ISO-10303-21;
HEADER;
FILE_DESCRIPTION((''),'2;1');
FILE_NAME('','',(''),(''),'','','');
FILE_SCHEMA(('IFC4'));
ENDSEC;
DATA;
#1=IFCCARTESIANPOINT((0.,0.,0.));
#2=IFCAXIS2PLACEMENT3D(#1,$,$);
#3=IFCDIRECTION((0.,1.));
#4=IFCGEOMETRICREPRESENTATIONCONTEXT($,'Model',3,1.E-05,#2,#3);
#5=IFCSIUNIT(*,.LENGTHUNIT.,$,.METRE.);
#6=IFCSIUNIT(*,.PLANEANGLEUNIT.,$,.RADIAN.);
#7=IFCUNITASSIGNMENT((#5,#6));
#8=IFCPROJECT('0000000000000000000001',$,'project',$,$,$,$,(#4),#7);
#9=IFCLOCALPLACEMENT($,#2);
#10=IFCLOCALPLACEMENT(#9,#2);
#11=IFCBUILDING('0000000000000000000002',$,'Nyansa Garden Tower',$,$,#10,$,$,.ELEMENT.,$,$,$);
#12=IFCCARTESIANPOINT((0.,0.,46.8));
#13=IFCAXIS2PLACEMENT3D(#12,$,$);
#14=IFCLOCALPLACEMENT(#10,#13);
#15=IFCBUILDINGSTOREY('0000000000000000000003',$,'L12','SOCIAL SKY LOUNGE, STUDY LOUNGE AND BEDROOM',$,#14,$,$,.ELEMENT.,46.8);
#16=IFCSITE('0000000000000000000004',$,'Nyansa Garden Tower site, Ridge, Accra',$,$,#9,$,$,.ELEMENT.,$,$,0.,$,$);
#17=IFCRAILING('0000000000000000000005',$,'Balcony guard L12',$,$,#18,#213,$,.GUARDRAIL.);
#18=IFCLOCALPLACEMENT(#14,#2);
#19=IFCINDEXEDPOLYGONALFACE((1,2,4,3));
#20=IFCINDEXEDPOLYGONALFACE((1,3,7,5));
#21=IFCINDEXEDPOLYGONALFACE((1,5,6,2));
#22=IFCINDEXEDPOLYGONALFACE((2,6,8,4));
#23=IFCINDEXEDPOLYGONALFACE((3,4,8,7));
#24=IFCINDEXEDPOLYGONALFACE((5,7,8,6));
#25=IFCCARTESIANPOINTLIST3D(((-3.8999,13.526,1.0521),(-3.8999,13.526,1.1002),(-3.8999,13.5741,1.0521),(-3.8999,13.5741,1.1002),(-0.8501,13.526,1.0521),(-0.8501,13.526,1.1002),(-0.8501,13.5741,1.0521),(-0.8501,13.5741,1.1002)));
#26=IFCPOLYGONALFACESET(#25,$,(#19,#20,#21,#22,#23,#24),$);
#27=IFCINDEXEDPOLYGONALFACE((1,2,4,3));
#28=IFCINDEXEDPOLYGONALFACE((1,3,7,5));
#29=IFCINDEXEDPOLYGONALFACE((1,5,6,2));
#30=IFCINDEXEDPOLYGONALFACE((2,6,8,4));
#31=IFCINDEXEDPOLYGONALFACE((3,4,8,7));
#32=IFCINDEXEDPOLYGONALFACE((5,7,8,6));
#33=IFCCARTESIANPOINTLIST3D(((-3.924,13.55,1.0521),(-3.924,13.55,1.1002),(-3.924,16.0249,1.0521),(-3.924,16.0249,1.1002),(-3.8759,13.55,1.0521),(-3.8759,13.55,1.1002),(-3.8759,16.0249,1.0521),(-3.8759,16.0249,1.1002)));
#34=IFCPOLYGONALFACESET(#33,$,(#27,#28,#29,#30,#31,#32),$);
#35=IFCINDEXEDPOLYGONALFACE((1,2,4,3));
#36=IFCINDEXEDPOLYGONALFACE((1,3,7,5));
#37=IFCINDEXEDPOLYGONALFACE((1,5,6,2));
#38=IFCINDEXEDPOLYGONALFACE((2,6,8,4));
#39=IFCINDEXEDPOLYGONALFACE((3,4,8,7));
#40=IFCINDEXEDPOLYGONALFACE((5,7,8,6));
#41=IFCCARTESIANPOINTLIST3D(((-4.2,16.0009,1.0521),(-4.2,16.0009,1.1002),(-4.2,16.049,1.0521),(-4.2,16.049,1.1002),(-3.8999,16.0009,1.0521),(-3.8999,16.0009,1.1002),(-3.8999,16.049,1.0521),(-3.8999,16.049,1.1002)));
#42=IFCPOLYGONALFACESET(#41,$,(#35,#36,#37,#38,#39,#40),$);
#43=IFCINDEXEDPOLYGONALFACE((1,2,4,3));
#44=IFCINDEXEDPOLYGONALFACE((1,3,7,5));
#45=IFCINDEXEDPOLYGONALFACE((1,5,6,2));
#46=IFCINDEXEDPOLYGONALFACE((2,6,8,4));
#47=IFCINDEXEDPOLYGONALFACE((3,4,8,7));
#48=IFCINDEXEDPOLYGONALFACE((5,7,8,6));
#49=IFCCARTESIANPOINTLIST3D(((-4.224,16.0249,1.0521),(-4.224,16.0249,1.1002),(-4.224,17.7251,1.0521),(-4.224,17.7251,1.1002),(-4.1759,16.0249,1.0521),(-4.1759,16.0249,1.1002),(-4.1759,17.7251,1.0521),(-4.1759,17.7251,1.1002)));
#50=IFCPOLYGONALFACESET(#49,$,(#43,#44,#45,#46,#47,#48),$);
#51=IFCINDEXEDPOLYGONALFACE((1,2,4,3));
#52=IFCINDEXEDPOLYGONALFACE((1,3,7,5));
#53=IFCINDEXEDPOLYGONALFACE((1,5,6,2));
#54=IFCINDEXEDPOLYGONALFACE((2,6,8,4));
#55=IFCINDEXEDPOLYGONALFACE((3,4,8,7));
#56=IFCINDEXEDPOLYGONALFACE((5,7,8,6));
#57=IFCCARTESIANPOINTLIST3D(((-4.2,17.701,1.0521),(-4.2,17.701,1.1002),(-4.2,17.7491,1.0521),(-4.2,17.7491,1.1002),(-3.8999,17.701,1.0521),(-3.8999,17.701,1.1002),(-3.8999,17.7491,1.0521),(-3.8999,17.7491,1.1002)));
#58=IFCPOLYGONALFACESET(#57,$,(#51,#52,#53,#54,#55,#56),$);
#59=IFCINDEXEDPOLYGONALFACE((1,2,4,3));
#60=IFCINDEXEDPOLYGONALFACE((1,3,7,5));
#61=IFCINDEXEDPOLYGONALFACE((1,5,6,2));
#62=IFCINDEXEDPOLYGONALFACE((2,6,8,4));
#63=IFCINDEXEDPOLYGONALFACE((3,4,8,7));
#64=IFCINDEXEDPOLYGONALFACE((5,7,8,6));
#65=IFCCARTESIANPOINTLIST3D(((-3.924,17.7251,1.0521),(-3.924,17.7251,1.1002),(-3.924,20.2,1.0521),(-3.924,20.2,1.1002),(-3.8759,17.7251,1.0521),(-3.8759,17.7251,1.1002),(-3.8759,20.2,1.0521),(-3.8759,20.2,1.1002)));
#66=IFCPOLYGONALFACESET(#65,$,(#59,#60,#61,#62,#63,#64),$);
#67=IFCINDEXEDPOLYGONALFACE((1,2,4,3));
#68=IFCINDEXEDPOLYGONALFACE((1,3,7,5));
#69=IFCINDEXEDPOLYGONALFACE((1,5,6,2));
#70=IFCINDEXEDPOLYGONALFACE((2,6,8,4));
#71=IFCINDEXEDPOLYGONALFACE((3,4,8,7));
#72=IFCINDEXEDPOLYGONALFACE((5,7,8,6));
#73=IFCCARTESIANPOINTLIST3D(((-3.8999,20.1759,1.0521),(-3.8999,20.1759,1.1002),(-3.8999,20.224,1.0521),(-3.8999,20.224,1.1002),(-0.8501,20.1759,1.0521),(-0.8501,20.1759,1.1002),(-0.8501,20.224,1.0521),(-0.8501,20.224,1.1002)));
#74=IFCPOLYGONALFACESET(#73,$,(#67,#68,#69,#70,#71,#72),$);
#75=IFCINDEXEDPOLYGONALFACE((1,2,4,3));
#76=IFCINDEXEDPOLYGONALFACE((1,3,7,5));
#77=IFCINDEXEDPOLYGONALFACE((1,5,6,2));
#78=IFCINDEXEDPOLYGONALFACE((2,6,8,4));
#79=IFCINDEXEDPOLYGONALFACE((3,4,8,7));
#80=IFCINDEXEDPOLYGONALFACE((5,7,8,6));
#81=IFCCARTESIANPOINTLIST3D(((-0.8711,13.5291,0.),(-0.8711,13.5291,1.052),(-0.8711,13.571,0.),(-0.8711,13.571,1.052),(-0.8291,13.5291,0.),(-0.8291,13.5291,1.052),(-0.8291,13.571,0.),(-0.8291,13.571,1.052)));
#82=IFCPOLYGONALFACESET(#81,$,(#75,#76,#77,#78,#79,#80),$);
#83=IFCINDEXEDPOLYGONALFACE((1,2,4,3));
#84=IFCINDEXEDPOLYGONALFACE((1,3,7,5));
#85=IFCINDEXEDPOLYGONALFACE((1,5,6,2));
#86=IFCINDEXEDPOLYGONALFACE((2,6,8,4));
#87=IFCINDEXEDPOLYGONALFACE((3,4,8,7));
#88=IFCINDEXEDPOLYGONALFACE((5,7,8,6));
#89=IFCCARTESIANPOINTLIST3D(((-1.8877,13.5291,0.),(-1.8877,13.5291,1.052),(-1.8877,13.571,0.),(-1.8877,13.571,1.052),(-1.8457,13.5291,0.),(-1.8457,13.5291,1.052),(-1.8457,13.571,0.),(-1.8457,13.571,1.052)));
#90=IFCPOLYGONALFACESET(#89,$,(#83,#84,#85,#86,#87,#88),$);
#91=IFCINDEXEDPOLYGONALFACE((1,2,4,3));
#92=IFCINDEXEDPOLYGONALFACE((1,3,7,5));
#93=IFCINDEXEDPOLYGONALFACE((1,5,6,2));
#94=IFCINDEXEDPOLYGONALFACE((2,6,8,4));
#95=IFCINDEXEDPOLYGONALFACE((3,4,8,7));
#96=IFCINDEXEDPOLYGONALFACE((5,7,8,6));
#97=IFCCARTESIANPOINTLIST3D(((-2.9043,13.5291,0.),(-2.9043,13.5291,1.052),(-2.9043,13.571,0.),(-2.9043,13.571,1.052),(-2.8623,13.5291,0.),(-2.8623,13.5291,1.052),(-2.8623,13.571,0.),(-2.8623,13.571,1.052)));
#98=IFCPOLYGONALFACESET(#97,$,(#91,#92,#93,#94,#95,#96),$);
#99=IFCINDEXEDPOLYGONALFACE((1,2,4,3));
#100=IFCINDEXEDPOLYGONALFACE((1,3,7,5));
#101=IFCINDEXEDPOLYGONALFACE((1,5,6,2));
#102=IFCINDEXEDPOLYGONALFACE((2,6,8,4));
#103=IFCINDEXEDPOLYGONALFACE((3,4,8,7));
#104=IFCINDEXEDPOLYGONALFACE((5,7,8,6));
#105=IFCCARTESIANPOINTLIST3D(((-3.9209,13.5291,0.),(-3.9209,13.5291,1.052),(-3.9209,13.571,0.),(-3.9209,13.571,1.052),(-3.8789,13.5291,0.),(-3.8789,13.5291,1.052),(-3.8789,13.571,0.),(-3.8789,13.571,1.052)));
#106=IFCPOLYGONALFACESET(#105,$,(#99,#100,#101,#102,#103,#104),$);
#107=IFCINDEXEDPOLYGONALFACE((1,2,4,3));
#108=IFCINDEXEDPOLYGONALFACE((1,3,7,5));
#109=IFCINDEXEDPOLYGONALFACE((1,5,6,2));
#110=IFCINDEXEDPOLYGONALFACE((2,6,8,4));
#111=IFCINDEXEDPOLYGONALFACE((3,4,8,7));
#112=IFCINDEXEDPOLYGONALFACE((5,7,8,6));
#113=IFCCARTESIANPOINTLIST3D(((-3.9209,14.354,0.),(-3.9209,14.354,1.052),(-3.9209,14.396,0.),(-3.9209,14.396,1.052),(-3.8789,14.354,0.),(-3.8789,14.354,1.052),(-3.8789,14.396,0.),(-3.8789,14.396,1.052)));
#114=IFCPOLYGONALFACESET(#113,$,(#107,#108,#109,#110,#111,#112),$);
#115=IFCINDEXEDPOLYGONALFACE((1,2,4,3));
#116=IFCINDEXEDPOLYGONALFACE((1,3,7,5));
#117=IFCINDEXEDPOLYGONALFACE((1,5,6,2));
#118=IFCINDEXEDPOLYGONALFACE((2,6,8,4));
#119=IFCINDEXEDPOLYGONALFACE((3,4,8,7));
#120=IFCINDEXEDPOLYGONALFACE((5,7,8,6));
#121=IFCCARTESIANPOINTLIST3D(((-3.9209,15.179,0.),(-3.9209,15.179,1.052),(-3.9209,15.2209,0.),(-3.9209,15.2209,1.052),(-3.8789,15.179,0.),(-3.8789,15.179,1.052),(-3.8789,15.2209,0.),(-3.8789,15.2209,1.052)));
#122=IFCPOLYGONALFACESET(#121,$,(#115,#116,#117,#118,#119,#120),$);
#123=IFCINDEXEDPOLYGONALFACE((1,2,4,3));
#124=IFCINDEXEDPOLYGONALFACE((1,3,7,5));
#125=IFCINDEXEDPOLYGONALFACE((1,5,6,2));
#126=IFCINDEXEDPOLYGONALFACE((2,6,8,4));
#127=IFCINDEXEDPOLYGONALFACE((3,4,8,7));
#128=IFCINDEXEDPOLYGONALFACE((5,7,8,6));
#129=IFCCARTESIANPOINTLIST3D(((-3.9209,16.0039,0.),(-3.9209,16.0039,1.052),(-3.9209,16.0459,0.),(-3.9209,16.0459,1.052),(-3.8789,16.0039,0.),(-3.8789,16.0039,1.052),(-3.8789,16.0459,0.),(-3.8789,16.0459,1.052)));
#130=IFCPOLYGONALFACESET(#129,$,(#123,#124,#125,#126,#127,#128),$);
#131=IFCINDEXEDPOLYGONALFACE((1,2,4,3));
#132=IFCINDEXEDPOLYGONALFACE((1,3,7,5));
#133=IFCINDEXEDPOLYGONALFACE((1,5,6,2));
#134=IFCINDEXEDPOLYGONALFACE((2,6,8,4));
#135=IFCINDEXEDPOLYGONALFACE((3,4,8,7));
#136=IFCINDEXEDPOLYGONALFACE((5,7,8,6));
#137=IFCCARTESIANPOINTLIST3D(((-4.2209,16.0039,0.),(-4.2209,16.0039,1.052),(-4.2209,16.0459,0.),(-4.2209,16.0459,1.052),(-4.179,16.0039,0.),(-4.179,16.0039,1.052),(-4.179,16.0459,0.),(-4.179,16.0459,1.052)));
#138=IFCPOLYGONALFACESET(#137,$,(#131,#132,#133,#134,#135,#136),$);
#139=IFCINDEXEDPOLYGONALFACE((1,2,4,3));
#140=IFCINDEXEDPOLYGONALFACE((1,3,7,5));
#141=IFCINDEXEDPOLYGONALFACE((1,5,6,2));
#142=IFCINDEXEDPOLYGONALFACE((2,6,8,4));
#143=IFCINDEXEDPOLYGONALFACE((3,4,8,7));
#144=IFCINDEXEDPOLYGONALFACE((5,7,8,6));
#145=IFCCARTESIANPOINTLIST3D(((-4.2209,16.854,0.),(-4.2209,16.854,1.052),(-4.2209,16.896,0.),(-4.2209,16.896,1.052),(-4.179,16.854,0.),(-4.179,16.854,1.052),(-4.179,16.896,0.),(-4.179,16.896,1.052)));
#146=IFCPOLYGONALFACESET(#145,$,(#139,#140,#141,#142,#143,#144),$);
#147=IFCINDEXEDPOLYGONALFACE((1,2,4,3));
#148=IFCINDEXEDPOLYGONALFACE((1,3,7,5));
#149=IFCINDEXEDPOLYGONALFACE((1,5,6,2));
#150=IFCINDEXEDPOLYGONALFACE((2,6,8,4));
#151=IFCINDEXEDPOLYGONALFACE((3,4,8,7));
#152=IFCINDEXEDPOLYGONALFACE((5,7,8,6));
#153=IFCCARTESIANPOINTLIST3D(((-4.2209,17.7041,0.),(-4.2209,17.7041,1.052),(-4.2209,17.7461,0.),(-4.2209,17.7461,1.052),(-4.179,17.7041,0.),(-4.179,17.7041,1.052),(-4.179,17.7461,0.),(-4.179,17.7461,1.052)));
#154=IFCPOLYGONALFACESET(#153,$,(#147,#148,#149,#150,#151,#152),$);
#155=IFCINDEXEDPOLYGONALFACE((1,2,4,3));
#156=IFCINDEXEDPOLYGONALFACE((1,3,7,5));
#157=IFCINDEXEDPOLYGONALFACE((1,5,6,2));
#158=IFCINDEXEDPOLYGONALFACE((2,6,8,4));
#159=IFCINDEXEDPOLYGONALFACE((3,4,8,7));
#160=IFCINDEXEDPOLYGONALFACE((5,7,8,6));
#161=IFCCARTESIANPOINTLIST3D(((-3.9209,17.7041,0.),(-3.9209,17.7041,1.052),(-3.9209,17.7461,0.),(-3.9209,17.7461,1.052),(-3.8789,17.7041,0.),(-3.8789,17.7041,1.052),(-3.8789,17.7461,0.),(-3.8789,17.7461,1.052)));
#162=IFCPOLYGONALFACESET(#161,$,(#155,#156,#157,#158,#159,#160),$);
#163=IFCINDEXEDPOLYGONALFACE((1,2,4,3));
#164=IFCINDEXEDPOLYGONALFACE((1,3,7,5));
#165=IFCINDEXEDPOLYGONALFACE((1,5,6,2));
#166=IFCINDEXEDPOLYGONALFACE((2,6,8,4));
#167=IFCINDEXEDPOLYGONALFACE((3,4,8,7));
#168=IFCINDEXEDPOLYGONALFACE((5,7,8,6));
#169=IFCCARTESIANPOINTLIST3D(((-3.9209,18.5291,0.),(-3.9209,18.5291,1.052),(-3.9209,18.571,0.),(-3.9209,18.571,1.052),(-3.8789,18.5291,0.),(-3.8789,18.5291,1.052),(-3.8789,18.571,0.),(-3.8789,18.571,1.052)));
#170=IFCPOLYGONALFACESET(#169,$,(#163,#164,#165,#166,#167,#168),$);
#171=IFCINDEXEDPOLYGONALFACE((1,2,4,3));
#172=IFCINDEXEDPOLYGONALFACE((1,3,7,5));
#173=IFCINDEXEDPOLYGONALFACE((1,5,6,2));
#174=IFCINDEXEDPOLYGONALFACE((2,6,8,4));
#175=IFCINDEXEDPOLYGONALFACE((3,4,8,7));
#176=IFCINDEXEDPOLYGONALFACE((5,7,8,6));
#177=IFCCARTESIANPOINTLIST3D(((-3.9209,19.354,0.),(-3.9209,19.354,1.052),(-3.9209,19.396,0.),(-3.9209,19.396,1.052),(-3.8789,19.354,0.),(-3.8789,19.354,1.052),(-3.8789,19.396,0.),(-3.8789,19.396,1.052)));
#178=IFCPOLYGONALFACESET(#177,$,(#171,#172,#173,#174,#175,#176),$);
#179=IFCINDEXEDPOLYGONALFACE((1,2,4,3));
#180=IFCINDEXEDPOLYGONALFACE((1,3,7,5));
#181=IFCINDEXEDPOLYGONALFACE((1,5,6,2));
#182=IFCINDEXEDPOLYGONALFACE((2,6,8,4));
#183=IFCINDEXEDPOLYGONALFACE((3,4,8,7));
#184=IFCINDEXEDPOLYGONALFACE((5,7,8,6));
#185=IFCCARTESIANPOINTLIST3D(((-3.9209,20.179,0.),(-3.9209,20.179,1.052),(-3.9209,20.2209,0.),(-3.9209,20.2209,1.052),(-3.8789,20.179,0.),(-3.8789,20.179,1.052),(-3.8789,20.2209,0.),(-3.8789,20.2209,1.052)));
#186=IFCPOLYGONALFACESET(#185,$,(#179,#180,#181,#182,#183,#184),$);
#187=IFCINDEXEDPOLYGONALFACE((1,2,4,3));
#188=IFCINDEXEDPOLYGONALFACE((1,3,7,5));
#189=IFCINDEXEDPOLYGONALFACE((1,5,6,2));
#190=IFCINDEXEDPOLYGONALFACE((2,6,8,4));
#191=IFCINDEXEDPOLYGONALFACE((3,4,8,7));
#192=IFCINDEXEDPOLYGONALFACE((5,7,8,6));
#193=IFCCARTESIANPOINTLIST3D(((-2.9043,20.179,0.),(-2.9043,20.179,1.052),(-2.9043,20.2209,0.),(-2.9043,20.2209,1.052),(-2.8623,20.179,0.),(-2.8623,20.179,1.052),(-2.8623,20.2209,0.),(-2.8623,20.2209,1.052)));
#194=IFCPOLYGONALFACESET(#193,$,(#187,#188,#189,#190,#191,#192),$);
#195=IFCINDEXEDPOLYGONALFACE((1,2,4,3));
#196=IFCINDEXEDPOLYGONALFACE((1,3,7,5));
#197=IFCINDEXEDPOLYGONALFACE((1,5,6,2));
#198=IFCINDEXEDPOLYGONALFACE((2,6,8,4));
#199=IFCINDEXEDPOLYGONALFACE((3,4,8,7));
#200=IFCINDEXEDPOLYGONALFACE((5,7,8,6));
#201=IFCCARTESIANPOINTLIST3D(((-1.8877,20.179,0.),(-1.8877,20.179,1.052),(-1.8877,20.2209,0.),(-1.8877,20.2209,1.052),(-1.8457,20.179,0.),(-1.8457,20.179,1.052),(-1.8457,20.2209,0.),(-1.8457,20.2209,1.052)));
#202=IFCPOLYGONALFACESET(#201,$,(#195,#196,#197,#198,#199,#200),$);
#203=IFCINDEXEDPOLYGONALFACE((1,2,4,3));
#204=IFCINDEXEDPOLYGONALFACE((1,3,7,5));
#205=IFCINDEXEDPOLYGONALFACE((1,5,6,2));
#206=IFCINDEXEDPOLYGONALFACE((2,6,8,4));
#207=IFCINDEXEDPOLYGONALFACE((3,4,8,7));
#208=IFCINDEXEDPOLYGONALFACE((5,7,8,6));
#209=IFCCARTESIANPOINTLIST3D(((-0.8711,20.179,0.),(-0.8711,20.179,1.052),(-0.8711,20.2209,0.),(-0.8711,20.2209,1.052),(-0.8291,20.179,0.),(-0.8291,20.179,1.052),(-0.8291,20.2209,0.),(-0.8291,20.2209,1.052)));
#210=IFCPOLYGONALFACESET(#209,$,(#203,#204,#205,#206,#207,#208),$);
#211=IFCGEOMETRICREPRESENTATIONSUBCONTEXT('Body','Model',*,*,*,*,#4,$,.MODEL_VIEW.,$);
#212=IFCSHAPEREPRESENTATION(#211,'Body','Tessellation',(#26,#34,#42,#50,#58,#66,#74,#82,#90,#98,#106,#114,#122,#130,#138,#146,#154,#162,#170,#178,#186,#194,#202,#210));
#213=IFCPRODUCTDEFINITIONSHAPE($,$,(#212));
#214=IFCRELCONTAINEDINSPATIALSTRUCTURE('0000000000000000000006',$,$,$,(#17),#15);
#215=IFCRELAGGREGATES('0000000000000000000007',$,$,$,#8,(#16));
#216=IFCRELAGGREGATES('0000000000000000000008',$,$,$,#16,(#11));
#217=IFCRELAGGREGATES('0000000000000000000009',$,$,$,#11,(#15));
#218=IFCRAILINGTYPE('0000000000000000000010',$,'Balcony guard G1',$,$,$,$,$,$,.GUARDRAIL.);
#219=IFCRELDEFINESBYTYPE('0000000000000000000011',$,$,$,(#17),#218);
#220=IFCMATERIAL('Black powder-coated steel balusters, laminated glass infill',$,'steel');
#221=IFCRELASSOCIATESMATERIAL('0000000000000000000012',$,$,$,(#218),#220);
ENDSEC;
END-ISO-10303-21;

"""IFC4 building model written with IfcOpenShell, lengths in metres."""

from ifc_helpers import new_model, si_unit, direction, frame, origin, origin_2d, place, context, subcontext, project, spatial, rectangle, extrude, material, type_object, element, save


model = new_model("IFC4")

# Units and contexts
model_context = context("Model", 3, precision=1e-05, world=origin(), true_north=direction((0.0, 1.0)))
body_context = subcontext(model_context, "Body", "Model", "MODEL_VIEW")
ifc_project = project(units=[si_unit("LENGTHUNIT", "METRE"), si_unit("PLANEANGLEUNIT", "RADIAN")], contexts=[model_context])

# Site, building, storey
site_placement = place(None, origin())
site = spatial("IfcSite", under=ifc_project, at=site_placement, Name="Nyansa Garden Tower site, Ridge, Accra", CompositionType="ELEMENT", RefElevation=0.0)
building_placement = place(site_placement, origin())
building = spatial("IfcBuilding", under=site, at=building_placement, Name="Nyansa Garden Tower", CompositionType="ELEMENT")
storey_placement = place(building_placement, frame((0.0, 0.0, 46.8)))
storey = spatial("IfcBuildingStorey", under=building, at=storey_placement, Name="L12", Description="SOCIAL SKY LOUNGE, STUDY LOUNGE AND BEDROOM", CompositionType="ELEMENT", Elevation=46.8)

# Railing
ifc_material_1 = material(Name="Black powder-coated steel balusters, laminated glass infill", Category="steel")
railing_type = type_object("IfcRailingType", Name="Balcony guard G1", PredefinedType="GUARDRAIL", material=ifc_material_1)
railing_1_placement = place(storey_placement, frame((-0.8501, 13.55, 0.0)))
element("IfcRailing", 1, at=railing_1_placement, inside=storey, type_object=railing_type, Name="Balcony guard L12", PredefinedType="GUARDRAIL", context=body_context, shape_type="SweptSolid", body=[
    extrude(rectangle(XDim=0.0481, YDim=0.0481, at=origin_2d()), frame((0.0, 0.0, 1.0762), z_axis=(-1.0, 0.0, 0.0), x_axis=(0.0, -1.0, 0.0)), (0.0, 0.0, 1.0), 3.0498),
    extrude(rectangle(XDim=0.0481, YDim=0.0481, at=origin_2d()), frame((-3.0498, 0.0, 1.0762), z_axis=(0.0, 1.0, 0.0), x_axis=(-1.0, 0.0, 0.0)), (0.0, 0.0, 1.0), 2.4749),
    extrude(rectangle(XDim=0.0481, YDim=0.0481, at=origin_2d()), frame((-3.0498, 2.4749, 1.0762), z_axis=(-1.0, 0.0, 0.0), x_axis=(0.0, -1.0, 0.0)), (0.0, 0.0, 1.0), 0.3),
    extrude(rectangle(XDim=0.0481, YDim=0.0481, at=origin_2d()), frame((-3.3499, 2.4749, 1.0762), z_axis=(0.0, 1.0, 0.0), x_axis=(-1.0, 0.0, 0.0)), (0.0, 0.0, 1.0), 1.7002),
    extrude(rectangle(XDim=0.0481, YDim=0.0481, at=origin_2d()), frame((-3.3499, 4.175, 1.0762), z_axis=(1.0, 0.0, 0.0), x_axis=(0.0, 1.0, 0.0)), (0.0, 0.0, 1.0), 0.3),
    extrude(rectangle(XDim=0.0481, YDim=0.0481, at=origin_2d()), frame((-3.0498, 4.175, 1.0762), z_axis=(0.0, 1.0, 0.0), x_axis=(-1.0, 0.0, 0.0)), (0.0, 0.0, 1.0), 2.4749),
    extrude(rectangle(XDim=0.0481, YDim=0.0481, at=origin_2d()), frame((-3.0498, 6.6499, 1.0762), z_axis=(1.0, 0.0, 0.0), x_axis=(0.0, 1.0, 0.0)), (0.0, 0.0, 1.0), 3.0498),
    extrude(rectangle(XDim=0.042, YDim=0.042, at=origin_2d()), origin(), (0.0, 0.0, 1.0), 1.052),
    extrude(rectangle(XDim=0.042, YDim=0.042, at=origin_2d()), frame((-1.0166, 0.0, 0.0)), (0.0, 0.0, 1.0), 1.052),
    extrude(rectangle(XDim=0.042, YDim=0.042, at=origin_2d()), frame((-2.0332, 0.0, 0.0)), (0.0, 0.0, 1.0), 1.052),
    extrude(rectangle(XDim=0.042, YDim=0.042, at=origin_2d()), frame((-3.0498, 0.0, 0.0)), (0.0, 0.0, 1.0), 1.052),
    extrude(rectangle(XDim=0.042, YDim=0.042, at=origin_2d()), frame((-3.0498, 0.825, 0.0)), (0.0, 0.0, 1.0), 1.052),
    extrude(rectangle(XDim=0.042, YDim=0.042, at=origin_2d()), frame((-3.0498, 1.6499, 0.0)), (0.0, 0.0, 1.0), 1.052),
    extrude(rectangle(XDim=0.042, YDim=0.042, at=origin_2d()), frame((-3.0498, 2.4749, 0.0)), (0.0, 0.0, 1.0), 1.052),
    extrude(rectangle(XDim=0.042, YDim=0.042, at=origin_2d()), frame((-3.3499, 2.4749, 0.0)), (0.0, 0.0, 1.0), 1.052),
    extrude(rectangle(XDim=0.042, YDim=0.042, at=origin_2d()), frame((-3.3499, 3.325, 0.0)), (0.0, 0.0, 1.0), 1.052),
    extrude(rectangle(XDim=0.042, YDim=0.042, at=origin_2d()), frame((-3.3499, 4.175, 0.0)), (0.0, 0.0, 1.0), 1.052),
    extrude(rectangle(XDim=0.042, YDim=0.042, at=origin_2d()), frame((-3.0498, 4.175, 0.0)), (0.0, 0.0, 1.0), 1.052),
    extrude(rectangle(XDim=0.042, YDim=0.042, at=origin_2d()), frame((-3.0498, 5.0, 0.0)), (0.0, 0.0, 1.0), 1.052),
    extrude(rectangle(XDim=0.042, YDim=0.042, at=origin_2d()), frame((-3.0498, 5.825, 0.0)), (0.0, 0.0, 1.0), 1.052),
    extrude(rectangle(XDim=0.042, YDim=0.042, at=origin_2d()), frame((-3.0498, 6.6499, 0.0)), (0.0, 0.0, 1.0), 1.052),
    extrude(rectangle(XDim=0.042, YDim=0.042, at=origin_2d()), frame((-2.0332, 6.6499, 0.0)), (0.0, 0.0, 1.0), 1.052),
    extrude(rectangle(XDim=0.042, YDim=0.042, at=origin_2d()), frame((-1.0166, 6.6499, 0.0)), (0.0, 0.0, 1.0), 1.052),
    extrude(rectangle(XDim=0.042, YDim=0.042, at=origin_2d()), frame((0.0, 6.6499, 0.0)), (0.0, 0.0, 1.0), 1.052),
])

save(model, "model.ifc")
